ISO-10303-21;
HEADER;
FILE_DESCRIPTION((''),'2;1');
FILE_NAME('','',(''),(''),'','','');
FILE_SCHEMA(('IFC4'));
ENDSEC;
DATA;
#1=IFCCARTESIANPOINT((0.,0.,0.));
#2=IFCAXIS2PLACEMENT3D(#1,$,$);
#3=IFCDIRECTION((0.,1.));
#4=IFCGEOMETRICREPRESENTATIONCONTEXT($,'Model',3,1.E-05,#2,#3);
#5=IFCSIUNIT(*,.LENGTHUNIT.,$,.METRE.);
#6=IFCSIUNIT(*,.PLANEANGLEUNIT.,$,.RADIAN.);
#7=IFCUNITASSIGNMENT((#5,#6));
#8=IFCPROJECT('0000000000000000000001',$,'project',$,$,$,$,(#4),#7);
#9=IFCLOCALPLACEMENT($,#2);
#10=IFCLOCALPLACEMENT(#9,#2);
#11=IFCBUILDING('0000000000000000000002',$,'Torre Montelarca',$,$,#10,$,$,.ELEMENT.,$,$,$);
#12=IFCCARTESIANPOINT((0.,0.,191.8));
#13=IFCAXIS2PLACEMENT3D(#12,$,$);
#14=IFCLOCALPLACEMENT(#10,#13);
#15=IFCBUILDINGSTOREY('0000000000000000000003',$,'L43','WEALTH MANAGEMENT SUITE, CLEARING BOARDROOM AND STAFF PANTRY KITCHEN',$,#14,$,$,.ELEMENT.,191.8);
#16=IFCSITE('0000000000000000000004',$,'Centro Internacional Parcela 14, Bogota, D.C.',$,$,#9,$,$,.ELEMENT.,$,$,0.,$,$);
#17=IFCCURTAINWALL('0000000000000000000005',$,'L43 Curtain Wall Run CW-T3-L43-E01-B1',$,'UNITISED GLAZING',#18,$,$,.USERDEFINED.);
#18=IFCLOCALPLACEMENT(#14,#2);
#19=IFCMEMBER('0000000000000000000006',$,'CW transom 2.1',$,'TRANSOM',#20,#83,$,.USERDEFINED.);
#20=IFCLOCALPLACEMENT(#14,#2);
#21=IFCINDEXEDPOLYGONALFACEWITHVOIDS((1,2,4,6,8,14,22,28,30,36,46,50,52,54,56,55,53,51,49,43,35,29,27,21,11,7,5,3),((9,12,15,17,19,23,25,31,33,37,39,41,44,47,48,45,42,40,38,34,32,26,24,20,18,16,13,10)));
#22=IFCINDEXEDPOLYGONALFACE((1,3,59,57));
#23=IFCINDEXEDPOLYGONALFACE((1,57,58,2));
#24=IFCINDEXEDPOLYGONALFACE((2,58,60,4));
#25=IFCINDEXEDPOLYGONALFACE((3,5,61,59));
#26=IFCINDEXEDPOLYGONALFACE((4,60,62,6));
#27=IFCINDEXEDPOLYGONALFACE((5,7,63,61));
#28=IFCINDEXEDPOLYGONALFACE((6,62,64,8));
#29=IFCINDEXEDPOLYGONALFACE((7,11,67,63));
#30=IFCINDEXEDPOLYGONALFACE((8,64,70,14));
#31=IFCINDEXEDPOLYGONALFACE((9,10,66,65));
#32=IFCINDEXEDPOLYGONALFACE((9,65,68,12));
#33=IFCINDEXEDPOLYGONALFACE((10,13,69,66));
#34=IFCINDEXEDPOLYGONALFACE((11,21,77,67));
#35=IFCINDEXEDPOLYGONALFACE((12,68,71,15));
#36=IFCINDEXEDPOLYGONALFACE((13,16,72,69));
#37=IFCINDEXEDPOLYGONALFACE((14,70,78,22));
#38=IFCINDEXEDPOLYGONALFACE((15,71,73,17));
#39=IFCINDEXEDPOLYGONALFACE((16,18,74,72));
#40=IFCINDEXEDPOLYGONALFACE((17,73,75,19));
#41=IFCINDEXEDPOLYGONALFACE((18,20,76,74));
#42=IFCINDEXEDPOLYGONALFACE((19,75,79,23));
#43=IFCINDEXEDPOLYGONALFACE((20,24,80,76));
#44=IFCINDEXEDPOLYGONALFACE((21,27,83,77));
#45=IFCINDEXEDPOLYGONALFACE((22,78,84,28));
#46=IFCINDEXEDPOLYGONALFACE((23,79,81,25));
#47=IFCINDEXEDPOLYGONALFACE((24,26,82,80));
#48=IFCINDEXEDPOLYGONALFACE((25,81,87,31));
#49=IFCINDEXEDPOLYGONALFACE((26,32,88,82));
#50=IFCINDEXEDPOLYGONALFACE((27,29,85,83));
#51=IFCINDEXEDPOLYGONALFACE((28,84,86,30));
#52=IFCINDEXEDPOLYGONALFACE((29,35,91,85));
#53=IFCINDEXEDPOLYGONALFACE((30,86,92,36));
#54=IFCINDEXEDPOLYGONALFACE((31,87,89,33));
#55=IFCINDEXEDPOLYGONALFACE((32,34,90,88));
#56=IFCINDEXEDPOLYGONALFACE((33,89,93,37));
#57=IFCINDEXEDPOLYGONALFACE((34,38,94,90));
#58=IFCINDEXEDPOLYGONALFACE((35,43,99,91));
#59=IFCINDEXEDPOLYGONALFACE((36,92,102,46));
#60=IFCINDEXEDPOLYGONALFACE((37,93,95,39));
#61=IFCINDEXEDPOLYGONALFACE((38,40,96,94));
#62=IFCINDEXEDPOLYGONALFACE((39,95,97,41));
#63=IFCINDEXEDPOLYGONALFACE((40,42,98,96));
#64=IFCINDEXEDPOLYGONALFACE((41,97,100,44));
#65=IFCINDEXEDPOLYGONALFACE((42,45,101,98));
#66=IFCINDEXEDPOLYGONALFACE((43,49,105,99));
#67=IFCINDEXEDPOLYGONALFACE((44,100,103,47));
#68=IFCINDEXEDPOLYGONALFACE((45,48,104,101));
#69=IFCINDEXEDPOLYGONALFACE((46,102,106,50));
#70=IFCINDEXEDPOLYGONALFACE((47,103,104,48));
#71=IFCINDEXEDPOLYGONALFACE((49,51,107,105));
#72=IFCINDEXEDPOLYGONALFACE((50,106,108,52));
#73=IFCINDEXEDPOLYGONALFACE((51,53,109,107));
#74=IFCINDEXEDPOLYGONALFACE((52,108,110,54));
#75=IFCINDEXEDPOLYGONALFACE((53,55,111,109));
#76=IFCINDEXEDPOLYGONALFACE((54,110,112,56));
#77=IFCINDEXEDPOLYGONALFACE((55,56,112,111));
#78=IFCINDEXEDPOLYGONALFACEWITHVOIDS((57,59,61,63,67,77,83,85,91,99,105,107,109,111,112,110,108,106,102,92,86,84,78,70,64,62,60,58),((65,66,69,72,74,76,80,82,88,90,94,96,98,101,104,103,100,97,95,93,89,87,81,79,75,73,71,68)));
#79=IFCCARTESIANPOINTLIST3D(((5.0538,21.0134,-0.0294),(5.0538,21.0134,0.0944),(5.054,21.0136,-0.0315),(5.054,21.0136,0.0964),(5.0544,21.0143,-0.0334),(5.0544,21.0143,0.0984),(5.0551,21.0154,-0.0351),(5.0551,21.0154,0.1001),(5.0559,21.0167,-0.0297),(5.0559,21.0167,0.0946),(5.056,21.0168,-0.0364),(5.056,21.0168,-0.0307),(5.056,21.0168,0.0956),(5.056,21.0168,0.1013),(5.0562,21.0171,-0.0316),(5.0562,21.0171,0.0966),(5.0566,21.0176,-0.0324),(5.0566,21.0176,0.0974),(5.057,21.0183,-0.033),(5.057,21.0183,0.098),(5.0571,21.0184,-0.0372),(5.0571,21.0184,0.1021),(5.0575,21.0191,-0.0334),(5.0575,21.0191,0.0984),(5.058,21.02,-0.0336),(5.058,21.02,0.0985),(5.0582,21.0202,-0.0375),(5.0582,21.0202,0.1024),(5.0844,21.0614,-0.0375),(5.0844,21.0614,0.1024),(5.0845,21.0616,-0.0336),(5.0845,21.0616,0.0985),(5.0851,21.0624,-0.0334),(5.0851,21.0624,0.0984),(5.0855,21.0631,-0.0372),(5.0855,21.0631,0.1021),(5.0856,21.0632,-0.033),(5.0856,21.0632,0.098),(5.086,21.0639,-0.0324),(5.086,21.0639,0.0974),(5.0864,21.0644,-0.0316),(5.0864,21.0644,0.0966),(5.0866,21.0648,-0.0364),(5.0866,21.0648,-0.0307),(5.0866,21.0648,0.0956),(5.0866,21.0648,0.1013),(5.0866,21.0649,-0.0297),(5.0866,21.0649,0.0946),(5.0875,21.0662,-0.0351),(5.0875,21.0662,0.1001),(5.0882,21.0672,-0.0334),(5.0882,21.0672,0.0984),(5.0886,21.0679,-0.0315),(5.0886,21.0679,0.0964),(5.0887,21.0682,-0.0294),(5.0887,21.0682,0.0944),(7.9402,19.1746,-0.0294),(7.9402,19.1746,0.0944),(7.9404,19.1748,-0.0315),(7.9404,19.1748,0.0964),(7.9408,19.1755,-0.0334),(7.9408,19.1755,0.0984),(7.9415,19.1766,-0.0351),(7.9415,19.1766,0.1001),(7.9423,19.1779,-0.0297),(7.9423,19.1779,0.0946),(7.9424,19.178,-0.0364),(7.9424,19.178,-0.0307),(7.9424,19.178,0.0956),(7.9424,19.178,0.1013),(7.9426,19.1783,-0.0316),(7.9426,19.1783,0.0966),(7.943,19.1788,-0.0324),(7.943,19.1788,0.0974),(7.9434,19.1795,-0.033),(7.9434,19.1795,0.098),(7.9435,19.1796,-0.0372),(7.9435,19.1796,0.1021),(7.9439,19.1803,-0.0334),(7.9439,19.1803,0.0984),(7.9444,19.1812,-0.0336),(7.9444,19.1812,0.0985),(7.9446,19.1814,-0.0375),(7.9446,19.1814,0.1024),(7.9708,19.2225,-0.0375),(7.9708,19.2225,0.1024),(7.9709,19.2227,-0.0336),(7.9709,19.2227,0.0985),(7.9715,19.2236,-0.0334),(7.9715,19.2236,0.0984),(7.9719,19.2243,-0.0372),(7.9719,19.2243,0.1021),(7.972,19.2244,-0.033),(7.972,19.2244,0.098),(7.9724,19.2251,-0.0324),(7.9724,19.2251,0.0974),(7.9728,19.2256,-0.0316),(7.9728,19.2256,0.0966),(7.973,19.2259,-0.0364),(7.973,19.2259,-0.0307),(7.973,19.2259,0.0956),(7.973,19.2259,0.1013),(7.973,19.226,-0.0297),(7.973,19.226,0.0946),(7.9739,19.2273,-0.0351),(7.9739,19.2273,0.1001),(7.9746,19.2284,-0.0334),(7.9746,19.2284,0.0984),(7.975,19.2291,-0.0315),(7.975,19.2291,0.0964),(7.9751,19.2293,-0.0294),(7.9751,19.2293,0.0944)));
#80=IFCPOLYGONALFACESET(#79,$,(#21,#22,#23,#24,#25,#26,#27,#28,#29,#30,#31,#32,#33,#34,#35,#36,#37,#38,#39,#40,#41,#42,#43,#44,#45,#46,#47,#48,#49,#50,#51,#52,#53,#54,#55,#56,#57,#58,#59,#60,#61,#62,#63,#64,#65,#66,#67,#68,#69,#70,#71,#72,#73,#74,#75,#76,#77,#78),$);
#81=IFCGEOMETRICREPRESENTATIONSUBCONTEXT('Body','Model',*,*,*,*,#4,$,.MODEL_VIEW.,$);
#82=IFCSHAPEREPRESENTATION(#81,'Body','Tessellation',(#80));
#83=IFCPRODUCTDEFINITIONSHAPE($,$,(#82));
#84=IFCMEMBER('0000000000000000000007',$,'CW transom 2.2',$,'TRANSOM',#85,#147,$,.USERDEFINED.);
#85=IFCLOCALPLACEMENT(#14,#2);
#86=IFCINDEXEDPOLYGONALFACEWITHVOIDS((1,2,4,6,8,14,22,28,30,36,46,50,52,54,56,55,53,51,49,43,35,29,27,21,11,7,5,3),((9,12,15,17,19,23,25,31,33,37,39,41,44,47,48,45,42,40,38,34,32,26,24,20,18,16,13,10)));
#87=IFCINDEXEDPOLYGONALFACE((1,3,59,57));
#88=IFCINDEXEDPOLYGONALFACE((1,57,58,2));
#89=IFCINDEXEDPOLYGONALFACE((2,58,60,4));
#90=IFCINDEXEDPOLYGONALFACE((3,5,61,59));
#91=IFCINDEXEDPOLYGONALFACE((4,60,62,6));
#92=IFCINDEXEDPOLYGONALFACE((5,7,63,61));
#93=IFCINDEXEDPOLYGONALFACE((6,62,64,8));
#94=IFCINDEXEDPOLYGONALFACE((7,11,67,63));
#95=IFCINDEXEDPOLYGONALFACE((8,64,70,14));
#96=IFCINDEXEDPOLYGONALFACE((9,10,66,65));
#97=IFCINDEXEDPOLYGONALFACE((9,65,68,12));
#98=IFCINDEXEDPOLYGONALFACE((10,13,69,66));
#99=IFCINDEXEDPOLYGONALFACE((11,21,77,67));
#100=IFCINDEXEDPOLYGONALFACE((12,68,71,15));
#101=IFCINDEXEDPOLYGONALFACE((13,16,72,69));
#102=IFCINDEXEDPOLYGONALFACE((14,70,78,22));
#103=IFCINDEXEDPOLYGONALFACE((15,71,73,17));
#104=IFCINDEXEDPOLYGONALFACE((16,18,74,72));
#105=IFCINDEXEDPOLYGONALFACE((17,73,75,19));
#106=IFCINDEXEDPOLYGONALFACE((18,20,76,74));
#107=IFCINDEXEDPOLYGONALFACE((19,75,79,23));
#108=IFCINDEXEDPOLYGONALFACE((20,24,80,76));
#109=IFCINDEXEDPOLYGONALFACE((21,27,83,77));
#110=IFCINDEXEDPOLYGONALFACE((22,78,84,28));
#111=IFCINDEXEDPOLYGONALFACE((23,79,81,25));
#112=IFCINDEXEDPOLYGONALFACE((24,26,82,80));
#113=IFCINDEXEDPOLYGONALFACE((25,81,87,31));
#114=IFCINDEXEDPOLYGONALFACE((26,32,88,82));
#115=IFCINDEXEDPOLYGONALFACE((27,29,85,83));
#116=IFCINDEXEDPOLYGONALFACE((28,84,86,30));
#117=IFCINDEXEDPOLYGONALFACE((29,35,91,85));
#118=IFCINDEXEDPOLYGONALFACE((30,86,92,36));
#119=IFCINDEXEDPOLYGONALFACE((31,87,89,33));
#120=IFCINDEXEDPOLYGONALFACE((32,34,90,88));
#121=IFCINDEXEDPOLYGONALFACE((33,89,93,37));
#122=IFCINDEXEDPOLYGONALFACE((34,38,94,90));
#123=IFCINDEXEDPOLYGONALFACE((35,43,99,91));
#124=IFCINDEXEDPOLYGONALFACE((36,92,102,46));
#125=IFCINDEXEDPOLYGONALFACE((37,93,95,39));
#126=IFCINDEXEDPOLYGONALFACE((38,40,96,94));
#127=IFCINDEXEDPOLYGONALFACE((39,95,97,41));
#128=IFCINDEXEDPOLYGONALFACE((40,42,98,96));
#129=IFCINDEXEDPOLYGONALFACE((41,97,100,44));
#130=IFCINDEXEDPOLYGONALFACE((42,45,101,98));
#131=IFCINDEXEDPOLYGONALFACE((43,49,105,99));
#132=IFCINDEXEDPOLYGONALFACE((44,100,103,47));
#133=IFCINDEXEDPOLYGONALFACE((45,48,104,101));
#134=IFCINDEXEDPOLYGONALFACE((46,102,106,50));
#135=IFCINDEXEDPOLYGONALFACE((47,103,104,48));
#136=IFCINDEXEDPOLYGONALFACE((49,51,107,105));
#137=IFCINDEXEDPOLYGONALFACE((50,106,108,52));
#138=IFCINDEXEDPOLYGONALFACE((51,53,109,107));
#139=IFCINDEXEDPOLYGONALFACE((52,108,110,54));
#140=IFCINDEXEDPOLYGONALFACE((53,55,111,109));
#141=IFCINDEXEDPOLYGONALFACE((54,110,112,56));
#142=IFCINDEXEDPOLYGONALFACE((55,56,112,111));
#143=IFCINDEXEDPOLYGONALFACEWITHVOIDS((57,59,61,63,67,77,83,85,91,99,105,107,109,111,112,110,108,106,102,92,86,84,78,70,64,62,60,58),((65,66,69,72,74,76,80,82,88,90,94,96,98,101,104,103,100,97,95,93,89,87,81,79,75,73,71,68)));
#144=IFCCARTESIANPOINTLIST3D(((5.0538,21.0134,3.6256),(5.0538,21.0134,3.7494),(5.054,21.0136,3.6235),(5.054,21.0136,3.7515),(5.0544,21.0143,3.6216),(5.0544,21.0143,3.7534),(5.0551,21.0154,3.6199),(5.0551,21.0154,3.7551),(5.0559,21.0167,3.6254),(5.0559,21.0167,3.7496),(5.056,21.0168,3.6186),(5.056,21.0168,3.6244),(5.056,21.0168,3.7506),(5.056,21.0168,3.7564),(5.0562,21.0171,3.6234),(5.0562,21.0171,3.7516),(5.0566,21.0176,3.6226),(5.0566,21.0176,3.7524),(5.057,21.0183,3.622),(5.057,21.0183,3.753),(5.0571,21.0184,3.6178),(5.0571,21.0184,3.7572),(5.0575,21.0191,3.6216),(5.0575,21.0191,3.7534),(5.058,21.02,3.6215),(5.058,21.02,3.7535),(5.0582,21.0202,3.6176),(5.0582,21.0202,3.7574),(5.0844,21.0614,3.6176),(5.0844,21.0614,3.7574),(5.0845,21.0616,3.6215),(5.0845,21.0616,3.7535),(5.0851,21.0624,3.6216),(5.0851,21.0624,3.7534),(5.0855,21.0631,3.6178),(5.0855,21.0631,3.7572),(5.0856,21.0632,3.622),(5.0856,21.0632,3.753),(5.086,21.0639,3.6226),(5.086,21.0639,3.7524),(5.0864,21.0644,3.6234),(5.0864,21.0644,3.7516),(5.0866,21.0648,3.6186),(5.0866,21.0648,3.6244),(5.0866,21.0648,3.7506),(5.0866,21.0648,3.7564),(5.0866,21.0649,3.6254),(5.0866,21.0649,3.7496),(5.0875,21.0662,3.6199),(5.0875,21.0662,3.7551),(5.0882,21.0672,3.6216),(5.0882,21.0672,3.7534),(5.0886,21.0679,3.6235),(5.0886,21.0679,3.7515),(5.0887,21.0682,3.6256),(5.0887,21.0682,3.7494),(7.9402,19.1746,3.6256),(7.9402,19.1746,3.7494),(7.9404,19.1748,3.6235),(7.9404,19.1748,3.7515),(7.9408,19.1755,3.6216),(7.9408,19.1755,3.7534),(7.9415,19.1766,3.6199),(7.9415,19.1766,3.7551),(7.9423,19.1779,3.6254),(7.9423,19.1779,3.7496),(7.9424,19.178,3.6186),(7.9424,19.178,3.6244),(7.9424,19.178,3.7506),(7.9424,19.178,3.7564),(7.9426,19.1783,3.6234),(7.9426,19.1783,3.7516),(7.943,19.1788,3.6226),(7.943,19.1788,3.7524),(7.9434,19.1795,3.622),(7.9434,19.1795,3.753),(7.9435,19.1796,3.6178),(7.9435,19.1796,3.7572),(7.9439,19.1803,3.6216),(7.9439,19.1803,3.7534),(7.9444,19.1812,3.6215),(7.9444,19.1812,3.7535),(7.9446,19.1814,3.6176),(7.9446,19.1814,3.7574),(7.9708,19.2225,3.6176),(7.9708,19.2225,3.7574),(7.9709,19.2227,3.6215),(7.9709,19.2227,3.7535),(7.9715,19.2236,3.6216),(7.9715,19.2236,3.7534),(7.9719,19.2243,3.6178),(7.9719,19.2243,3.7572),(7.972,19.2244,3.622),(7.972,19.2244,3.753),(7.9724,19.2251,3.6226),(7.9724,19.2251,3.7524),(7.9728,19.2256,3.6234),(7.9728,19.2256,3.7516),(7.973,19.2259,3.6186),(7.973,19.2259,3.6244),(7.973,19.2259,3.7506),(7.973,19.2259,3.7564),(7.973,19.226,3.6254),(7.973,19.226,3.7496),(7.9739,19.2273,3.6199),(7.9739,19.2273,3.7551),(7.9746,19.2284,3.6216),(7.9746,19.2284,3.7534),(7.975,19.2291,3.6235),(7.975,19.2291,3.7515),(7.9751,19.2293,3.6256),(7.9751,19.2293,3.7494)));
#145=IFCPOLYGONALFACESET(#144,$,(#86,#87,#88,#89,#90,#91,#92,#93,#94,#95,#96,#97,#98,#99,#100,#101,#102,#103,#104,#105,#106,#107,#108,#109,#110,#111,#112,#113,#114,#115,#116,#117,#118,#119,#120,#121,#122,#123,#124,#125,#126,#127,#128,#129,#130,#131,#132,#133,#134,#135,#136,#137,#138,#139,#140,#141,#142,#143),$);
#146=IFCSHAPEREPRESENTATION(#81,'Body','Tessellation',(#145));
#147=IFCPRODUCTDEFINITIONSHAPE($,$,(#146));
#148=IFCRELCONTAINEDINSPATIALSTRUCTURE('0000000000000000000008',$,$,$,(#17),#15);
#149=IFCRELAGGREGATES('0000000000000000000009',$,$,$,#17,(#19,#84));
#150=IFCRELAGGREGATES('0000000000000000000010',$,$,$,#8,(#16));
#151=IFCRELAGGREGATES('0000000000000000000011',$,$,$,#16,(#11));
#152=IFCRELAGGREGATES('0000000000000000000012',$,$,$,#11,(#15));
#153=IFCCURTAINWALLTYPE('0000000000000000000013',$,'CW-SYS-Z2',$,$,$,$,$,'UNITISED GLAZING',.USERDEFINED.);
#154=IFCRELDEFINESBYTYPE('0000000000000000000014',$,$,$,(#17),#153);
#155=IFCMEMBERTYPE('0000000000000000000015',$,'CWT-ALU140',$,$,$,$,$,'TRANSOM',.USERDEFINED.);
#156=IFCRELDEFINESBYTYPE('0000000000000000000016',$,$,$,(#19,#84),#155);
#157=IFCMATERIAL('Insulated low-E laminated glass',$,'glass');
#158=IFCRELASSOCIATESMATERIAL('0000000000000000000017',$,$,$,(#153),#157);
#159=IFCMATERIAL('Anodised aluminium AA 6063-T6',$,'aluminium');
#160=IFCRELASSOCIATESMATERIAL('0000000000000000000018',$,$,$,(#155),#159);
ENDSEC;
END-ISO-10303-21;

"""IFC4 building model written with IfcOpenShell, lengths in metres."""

from ifc_helpers import new_model, si_unit, direction, frame, origin, origin_2d, place, context, subcontext, project, spatial, hollow_rectangle, extrude, source, transform, mapped, material, material_profile, profile_set, type_object, element, aggregate, save


model = new_model("IFC4")

# Units and contexts
model_context = context("Model", 3, precision=1e-05, world=origin(), true_north=direction((0.0, 1.0)))
body_context = subcontext(model_context, "Body", "Model", "MODEL_VIEW")
ifc_project = project(units=[si_unit("LENGTHUNIT", "METRE"), si_unit("PLANEANGLEUNIT", "RADIAN")], contexts=[model_context])

# Site, building, storey
site_placement = place(None, origin())
site = spatial("IfcSite", under=ifc_project, at=site_placement, Name="Centro Internacional Parcela 14, Bogota, D.C.", CompositionType="ELEMENT", RefElevation=0.0)
building_placement = place(site_placement, origin())
building = spatial("IfcBuilding", under=site, at=building_placement, Name="Torre Montelarca", CompositionType="ELEMENT")
storey_placement = place(building_placement, frame((0.0, 0.0, 191.8)))
storey = spatial("IfcBuildingStorey", under=building, at=storey_placement, Name="L43", Description="WEALTH MANAGEMENT SUITE, CLEARING BOARDROOM AND STAFF PANTRY KITCHEN", CompositionType="ELEMENT", Elevation=191.8)

# Curtain wall
ifc_material_1 = material(Name="Insulated low-E laminated glass", Category="glass")
curtain_wall_type = type_object("IfcCurtainWallType", Name="CW-SYS-Z2", ElementType="UNITISED GLAZING", PredefinedType="USERDEFINED", material=ifc_material_1)
curtain_wall_1_placement = place(storey_placement, origin())
curtain_wall_1 = element("IfcCurtainWall", 1, at=curtain_wall_1_placement, inside=storey, type_object=curtain_wall_type, Name="L43 Curtain Wall Run CW-T3-L43-E01-B1", ObjectType="UNITISED GLAZING", PredefinedType="USERDEFINED")
ifc_material_2 = material(Name="Anodised aluminium AA 6063-T6", Category="aluminium")

# Members
ifc_material_profile_1 = material_profile(ifc_material_2, hollow_rectangle(XDim=0.0649, YDim=0.1399, WallThickness=0.0039, InnerFilletRadius=0.0039, OuterFilletRadius=0.0081, at=origin_2d()), Name="ALU65X140X4", Category="aluminium")
ifc_profile_set_1 = profile_set([ifc_material_profile_1], Name="Anodised aluminium AA 6063-T6")
member_type_1 = type_object("IfcMemberType", Name="CWT-ALU140", ElementType="TRANSOM", PredefinedType="USERDEFINED", material=ifc_profile_set_1)
shared_shape_1 = source(origin(), body_context, "Body", "SweptSolid", [
    extrude(hollow_rectangle(XDim=0.0649, YDim=0.1399, WallThickness=0.0039, InnerFilletRadius=0.0039, OuterFilletRadius=0.0081, at=origin_2d()), origin(), (0.0, 0.0, 1.0), 3.4224),
])
member_1_placement = place(storey_placement, frame((5.0713, 21.0408, 0.0325), z_axis=(0.843394, -0.537295, 0.0), x_axis=(0.537295, 0.843394, 0.0)))
member_1 = element("IfcMember", 2, at=member_1_placement, type_object=member_type_1, Name="CW transom 2.1", ObjectType="TRANSOM", PredefinedType="USERDEFINED", context=body_context, shape_type="MappedRepresentation", body=[
    mapped(shared_shape_1, transform((0.0, 0.0, 0.0), scale=1.0)),
])
member_2_placement = place(storey_placement, frame((5.0713, 21.0408, 3.6875), z_axis=(0.843394, -0.537295, 0.0), x_axis=(0.537295, 0.843394, 0.0)))
member_2 = element("IfcMember", 3, at=member_2_placement, type_object=member_type_1, Name="CW transom 2.2", ObjectType="TRANSOM", PredefinedType="USERDEFINED", context=body_context, shape_type="MappedRepresentation", body=[
    mapped(shared_shape_1, transform((0.0, 0.0, 0.0), scale=1.0)),
])

aggregate(curtain_wall_1, [member_1, member_2])

save(model, "model.ifc")
